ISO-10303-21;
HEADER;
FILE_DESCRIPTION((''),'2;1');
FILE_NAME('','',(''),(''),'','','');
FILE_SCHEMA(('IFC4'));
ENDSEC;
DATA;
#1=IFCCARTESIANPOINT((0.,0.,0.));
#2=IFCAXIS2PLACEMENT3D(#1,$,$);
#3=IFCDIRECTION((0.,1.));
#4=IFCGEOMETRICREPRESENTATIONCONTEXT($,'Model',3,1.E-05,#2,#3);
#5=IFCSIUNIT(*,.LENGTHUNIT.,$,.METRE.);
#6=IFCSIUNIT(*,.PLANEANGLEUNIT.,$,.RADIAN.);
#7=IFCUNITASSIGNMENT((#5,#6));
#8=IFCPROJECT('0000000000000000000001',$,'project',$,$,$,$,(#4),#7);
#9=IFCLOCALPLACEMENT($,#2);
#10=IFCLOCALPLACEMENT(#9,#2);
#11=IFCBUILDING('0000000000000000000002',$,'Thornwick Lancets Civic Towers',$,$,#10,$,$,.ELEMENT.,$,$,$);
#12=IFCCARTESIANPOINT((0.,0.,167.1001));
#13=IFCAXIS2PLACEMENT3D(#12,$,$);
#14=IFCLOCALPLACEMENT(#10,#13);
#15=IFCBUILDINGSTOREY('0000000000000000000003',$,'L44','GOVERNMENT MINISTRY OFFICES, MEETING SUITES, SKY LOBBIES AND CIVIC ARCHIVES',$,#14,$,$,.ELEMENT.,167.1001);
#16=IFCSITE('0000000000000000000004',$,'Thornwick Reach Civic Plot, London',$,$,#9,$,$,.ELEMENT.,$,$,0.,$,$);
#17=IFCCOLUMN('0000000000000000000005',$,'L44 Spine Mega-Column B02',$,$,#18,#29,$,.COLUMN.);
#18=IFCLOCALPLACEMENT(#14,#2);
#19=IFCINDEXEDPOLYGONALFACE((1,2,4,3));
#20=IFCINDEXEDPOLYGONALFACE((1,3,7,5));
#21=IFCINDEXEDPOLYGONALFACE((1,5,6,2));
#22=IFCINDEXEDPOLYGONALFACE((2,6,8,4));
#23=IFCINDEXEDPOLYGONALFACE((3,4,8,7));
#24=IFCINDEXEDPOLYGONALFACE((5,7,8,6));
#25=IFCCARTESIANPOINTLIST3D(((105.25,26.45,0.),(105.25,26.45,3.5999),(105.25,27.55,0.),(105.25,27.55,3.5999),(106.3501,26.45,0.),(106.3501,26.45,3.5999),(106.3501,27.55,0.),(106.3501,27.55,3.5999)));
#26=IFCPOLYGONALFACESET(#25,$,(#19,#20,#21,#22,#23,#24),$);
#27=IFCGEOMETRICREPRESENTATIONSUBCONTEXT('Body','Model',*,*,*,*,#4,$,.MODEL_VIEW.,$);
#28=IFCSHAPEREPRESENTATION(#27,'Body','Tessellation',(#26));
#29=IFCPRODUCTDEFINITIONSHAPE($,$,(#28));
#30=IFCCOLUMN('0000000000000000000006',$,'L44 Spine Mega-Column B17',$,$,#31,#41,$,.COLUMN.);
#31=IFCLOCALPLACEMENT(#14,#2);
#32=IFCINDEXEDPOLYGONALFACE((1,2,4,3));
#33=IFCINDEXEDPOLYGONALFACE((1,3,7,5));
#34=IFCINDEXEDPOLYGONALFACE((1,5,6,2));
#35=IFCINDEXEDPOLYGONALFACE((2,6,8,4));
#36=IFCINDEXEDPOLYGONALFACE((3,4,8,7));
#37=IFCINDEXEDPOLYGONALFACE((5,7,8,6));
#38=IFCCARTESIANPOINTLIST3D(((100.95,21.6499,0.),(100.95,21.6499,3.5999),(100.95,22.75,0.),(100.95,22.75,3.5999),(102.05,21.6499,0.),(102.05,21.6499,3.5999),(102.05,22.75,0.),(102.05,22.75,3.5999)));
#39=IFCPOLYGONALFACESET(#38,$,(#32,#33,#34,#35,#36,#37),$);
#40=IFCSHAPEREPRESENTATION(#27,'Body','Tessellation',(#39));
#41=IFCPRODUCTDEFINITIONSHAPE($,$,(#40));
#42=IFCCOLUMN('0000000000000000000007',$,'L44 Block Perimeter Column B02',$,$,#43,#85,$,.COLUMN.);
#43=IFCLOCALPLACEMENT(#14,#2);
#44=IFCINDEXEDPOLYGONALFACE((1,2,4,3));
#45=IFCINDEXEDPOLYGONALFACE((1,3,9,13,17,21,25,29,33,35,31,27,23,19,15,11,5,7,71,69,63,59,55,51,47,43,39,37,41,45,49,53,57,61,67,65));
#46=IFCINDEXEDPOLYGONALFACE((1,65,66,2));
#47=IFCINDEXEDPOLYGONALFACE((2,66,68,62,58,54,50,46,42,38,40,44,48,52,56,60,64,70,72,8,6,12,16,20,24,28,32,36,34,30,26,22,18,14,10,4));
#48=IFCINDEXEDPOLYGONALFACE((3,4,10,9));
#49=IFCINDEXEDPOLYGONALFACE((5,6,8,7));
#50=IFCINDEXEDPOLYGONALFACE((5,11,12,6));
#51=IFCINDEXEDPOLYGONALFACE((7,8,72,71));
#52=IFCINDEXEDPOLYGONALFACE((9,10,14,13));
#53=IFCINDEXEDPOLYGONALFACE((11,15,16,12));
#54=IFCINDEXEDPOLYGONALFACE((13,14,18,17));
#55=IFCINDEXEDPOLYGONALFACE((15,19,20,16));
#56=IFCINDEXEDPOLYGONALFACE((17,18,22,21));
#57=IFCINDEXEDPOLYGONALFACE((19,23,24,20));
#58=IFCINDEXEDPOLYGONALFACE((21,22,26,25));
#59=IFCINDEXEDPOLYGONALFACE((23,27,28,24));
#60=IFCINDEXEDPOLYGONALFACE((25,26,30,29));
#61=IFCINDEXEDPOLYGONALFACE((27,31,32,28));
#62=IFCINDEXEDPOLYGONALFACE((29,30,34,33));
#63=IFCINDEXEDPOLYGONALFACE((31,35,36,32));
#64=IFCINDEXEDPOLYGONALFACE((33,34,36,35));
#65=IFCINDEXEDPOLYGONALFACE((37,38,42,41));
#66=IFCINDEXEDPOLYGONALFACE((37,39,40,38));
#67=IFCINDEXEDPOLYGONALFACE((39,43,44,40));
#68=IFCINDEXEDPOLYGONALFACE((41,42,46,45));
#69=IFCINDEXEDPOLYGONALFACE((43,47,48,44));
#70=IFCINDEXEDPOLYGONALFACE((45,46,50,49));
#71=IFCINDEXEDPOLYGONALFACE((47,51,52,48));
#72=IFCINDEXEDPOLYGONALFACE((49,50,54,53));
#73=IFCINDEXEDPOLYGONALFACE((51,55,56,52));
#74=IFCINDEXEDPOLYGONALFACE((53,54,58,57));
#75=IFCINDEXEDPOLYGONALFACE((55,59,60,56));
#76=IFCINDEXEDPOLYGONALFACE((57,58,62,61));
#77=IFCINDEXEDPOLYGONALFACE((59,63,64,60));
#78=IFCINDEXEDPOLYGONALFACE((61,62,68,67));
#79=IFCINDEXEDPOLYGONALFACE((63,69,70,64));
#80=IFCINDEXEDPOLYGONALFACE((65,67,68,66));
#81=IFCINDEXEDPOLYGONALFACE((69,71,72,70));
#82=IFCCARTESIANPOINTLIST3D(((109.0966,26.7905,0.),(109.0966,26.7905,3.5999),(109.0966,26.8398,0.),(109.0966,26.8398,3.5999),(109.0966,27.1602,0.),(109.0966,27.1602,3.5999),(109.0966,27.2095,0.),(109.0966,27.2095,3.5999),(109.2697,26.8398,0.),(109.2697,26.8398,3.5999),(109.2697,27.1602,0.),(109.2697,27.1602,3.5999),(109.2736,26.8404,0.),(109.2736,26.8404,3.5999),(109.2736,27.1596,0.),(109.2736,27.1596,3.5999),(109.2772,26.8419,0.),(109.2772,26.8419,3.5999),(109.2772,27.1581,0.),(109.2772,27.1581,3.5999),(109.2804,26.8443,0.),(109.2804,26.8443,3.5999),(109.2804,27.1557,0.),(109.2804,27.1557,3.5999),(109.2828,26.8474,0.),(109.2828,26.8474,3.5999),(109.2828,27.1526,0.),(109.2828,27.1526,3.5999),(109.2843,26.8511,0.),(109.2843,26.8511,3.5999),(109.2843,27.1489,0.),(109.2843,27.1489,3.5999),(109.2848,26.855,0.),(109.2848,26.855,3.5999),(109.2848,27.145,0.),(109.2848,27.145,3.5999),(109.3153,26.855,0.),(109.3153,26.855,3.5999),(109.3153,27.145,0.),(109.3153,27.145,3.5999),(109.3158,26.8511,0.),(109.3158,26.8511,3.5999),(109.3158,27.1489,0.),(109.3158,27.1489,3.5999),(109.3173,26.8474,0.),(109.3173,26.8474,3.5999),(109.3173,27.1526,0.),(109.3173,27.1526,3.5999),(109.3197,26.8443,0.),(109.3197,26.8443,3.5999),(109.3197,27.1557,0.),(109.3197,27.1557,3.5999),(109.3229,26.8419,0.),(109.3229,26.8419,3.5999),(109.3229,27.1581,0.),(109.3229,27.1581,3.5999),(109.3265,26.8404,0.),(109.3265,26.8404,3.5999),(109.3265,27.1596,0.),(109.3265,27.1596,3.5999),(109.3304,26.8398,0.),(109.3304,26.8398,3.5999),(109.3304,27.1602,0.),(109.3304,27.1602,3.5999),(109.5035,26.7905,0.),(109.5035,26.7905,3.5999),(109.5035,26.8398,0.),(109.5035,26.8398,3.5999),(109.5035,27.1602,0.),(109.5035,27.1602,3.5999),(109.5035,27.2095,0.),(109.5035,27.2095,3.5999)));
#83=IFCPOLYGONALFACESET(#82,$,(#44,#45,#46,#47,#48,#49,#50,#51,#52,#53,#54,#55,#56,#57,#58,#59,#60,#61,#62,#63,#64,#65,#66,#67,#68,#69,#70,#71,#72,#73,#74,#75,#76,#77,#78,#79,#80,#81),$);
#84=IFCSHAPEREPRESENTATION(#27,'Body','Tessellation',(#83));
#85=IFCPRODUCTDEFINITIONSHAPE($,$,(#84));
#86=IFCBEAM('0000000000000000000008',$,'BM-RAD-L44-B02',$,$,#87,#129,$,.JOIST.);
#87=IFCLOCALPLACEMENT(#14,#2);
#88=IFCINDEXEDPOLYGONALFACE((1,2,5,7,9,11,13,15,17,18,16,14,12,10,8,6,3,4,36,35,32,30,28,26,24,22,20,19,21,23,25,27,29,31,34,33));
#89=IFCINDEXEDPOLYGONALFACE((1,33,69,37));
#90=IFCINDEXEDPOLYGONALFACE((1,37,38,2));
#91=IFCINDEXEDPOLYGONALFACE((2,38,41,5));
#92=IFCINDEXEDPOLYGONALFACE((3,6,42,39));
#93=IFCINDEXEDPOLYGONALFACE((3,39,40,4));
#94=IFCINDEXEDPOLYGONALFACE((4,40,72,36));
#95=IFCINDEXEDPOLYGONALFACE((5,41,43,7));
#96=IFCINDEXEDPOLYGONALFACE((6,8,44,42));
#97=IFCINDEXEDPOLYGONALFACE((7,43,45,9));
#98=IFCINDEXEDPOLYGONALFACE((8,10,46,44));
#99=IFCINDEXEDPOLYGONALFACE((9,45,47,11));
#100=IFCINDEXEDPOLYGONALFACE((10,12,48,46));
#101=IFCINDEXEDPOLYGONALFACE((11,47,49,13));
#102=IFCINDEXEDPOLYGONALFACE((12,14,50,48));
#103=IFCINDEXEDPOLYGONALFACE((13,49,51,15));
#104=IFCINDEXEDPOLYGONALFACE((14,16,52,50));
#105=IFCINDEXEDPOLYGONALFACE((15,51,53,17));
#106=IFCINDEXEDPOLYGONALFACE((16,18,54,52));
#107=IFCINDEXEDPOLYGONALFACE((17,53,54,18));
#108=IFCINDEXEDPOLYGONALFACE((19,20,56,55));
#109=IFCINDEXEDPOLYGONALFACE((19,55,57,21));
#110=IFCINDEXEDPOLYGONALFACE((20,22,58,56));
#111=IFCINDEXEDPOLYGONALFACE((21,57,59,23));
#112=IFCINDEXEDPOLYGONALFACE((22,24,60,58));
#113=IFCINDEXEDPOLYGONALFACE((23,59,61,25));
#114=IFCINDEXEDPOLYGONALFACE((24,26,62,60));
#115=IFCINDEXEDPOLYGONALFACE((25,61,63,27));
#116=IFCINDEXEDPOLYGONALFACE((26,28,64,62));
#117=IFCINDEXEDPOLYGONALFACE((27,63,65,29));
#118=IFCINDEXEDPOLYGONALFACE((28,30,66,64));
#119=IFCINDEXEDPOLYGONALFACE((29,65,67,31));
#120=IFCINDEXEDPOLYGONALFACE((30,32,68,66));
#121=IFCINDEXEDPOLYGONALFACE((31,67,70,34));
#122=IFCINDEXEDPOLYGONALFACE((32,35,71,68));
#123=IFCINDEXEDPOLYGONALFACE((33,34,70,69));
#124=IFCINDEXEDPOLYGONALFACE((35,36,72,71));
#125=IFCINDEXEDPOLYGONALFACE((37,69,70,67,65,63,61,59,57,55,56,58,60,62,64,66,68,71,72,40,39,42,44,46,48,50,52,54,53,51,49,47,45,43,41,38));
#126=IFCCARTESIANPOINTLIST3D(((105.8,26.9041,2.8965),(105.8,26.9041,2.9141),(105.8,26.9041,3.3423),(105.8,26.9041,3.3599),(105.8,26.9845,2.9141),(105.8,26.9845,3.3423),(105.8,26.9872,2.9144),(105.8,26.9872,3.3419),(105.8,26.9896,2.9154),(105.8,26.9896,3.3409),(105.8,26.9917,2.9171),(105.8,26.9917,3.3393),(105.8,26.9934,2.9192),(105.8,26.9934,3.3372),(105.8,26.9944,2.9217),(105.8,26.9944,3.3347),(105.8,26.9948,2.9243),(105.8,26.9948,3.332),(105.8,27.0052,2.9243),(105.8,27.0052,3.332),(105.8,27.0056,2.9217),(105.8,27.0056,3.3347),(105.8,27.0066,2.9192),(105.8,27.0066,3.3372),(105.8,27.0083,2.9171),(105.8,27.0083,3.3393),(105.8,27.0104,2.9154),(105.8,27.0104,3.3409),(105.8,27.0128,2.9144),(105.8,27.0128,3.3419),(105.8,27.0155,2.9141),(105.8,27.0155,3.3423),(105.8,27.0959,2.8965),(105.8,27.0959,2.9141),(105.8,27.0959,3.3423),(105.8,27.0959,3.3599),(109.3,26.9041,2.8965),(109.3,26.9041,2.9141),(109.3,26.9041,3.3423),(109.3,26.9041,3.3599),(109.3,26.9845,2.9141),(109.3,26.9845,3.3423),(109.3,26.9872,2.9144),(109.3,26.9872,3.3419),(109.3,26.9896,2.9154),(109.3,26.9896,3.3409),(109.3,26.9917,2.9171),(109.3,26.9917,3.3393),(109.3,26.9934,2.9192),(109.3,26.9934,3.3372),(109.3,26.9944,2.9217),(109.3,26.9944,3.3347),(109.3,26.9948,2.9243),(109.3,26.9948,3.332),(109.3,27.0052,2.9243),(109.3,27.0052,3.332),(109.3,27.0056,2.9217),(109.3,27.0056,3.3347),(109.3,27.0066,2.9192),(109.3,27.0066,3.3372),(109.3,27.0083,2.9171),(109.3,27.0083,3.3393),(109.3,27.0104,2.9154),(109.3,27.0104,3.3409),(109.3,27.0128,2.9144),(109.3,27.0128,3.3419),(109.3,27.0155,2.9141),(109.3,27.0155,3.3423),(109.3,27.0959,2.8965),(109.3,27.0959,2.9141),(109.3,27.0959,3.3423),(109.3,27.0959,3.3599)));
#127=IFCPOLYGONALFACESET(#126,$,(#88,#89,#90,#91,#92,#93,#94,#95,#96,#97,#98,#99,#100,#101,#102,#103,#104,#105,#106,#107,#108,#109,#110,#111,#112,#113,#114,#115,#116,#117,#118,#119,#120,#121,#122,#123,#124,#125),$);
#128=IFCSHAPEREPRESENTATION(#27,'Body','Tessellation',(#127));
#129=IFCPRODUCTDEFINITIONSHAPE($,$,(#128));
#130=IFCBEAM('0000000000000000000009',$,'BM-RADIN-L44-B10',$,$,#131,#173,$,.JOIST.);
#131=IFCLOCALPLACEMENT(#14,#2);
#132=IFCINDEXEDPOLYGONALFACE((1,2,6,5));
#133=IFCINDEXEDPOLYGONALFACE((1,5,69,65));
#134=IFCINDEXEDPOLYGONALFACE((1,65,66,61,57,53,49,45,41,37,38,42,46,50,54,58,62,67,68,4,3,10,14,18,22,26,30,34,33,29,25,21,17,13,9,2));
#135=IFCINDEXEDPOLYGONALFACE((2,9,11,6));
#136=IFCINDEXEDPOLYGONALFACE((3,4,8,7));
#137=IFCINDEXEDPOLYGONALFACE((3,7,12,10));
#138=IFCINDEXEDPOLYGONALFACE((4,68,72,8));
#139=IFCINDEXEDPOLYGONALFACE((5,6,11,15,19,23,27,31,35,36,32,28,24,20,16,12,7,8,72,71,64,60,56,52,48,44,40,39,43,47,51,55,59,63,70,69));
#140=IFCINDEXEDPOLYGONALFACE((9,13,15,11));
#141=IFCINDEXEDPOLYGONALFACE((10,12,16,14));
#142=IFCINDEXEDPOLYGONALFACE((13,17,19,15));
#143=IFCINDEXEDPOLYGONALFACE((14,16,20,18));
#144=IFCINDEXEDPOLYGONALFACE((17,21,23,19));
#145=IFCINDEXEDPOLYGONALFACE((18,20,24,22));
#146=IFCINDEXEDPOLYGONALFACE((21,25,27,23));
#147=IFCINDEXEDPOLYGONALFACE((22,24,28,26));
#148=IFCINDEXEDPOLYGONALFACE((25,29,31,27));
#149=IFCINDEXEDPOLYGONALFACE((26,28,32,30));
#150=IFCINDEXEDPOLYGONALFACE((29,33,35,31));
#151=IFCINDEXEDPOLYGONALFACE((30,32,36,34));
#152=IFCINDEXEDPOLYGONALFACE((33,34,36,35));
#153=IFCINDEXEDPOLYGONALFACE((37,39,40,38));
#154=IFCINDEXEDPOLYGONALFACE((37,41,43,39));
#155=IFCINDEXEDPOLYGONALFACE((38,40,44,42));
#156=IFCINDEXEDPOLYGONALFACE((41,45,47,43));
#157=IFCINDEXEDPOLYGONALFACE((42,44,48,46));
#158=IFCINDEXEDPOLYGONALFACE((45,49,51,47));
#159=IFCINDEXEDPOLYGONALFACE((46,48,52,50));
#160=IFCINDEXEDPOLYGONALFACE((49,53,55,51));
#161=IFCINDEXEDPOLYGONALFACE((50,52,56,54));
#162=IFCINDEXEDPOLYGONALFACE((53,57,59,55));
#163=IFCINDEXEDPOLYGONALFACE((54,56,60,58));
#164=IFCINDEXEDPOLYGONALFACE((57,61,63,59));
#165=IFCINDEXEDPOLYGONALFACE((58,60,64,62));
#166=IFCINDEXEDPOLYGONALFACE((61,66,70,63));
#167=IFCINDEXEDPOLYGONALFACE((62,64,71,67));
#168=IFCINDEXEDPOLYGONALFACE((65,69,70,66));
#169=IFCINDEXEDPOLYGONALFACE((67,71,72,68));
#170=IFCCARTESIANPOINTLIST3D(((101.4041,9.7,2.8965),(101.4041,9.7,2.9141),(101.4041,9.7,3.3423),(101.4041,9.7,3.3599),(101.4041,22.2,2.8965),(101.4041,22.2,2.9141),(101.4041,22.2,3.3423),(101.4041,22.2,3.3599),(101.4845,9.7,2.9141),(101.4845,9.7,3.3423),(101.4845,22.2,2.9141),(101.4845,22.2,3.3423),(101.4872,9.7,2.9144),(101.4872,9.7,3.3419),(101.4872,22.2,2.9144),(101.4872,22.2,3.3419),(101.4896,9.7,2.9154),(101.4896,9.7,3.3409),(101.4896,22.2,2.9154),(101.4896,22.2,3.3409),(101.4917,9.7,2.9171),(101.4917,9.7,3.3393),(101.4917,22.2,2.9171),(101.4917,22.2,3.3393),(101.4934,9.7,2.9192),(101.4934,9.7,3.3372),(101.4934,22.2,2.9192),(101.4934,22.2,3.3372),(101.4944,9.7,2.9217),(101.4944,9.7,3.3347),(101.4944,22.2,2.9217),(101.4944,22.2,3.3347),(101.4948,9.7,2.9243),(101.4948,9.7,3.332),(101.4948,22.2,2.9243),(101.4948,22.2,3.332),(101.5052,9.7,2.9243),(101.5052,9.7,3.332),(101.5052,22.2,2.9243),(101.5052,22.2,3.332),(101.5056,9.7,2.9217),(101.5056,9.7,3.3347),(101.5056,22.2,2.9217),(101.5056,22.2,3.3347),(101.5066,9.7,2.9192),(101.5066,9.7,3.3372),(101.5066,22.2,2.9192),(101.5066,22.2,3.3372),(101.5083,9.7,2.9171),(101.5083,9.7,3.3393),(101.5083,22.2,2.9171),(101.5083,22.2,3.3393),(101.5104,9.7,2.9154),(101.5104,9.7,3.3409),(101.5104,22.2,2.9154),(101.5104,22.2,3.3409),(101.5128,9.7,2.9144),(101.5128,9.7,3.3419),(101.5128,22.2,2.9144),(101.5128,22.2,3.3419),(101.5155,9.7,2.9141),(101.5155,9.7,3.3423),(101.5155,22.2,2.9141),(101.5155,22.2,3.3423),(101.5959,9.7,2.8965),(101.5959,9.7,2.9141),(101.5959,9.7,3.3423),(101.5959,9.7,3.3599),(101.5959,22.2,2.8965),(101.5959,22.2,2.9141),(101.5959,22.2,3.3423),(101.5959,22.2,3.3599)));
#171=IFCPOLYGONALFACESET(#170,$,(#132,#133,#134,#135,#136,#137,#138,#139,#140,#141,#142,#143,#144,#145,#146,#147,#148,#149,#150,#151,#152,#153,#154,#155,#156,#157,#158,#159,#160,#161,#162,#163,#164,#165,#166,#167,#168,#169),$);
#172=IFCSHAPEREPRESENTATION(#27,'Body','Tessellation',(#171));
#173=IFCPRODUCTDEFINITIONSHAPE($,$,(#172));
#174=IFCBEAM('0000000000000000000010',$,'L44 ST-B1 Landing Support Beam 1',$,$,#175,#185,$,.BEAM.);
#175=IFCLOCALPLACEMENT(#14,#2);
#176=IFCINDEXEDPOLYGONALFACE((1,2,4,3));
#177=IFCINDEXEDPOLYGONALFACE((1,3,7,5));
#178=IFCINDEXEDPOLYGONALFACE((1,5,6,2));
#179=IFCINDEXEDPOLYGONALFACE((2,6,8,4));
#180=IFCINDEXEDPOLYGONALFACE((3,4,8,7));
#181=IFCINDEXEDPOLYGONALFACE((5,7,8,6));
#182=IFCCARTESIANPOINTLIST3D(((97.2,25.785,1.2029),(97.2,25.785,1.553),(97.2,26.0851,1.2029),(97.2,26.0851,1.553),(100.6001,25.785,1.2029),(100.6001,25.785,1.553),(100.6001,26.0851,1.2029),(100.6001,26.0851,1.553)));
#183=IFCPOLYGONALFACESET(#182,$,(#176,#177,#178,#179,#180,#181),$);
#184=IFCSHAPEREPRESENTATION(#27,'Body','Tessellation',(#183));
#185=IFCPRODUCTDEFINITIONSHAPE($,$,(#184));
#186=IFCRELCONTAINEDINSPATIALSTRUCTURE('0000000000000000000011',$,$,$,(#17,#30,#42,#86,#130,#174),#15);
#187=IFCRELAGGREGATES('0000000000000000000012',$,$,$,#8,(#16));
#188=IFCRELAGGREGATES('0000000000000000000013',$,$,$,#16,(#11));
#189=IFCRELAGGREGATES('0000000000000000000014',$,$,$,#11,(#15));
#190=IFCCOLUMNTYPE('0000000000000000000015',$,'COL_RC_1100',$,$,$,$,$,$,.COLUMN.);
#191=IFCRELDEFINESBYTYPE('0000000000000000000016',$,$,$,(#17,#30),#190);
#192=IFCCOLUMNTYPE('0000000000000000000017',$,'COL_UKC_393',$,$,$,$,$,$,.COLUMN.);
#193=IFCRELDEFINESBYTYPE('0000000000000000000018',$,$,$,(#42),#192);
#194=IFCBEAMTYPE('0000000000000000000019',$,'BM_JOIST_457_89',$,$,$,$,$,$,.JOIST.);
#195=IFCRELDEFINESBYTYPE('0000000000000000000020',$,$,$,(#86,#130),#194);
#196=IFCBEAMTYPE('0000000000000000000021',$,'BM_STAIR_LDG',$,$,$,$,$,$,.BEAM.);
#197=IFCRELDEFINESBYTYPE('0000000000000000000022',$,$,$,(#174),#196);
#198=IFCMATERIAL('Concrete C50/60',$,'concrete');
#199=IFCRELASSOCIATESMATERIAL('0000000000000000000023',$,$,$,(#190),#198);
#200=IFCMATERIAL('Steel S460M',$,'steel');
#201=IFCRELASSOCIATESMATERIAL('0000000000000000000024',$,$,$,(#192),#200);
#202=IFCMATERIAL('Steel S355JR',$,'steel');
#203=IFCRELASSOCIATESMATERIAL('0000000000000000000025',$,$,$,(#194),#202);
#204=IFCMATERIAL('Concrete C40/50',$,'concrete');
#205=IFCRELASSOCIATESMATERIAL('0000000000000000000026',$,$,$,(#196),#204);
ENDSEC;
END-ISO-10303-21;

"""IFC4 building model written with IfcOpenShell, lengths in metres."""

from ifc_helpers import new_model, si_unit, direction, frame, origin, origin_2d, place, context, subcontext, project, spatial, rectangle, i_section, extrude, material, material_profile, profile_set, type_object, element, save


model = new_model("IFC4")

# Units and contexts
model_context = context("Model", 3, precision=1e-05, world=origin(), true_north=direction((0.0, 1.0)))
body_context = subcontext(model_context, "Body", "Model", "MODEL_VIEW")
ifc_project = project(units=[si_unit("LENGTHUNIT", "METRE"), si_unit("PLANEANGLEUNIT", "RADIAN")], contexts=[model_context])

# Site, building, storey
site_placement = place(None, origin())
site = spatial("IfcSite", under=ifc_project, at=site_placement, Name="Thornwick Reach Civic Plot, London", CompositionType="ELEMENT", RefElevation=0.0)
building_placement = place(site_placement, origin())
building = spatial("IfcBuilding", under=site, at=building_placement, Name="Thornwick Lancets Civic Towers", CompositionType="ELEMENT")
storey_placement = place(building_placement, frame((0.0, 0.0, 167.1001)))
storey = spatial("IfcBuildingStorey", under=building, at=storey_placement, Name="L44", Description="GOVERNMENT MINISTRY OFFICES, MEETING SUITES, SKY LOBBIES AND CIVIC ARCHIVES", CompositionType="ELEMENT", Elevation=167.1001)

# Columns
ifc_material_1 = material(Name="Concrete C50/60", Category="concrete")
ifc_material_profile_1 = material_profile(ifc_material_1, rectangle(XDim=1.1001, YDim=1.1001, at=origin_2d()), Name="RC 1100x1100")
ifc_profile_set_1 = profile_set([ifc_material_profile_1], Name="Concrete C50/60")
column_type_1 = type_object("IfcColumnType", Name="COL_RC_1100", PredefinedType="COLUMN", material=ifc_profile_set_1)
for number, where, z_axis, x_axis, name in (
    (1, (105.8, 27.0, 0.0), (0.0, 0.0, 1.0), (1.0, 0.0, 0.0), "L44 Spine Mega-Column B02"),
    (2, (101.5, 22.2, 0.0), (0.0, 0.0, 1.0), (1.0, 0.0, 0.0), "L44 Spine Mega-Column B17"),
):
    element("IfcColumn", number, at=place(storey_placement, frame(where, z_axis=z_axis, x_axis=x_axis)), inside=storey, type_object=column_type_1, Name=name, PredefinedType="COLUMN", context=body_context, shape_type="SweptSolid", body=[
        extrude(rectangle(XDim=1.1001, YDim=1.1001, at=origin_2d()), origin(), (0.0, 0.0, 1.0), 3.5999),
    ])
ifc_material_2 = material(Name="Steel S460M", Category="steel")
ifc_material_profile_2 = material_profile(ifc_material_2, i_section(OverallWidth=0.407, OverallDepth=0.4189, WebThickness=0.0305, FlangeThickness=0.0493, FilletRadius=0.0151, at=origin_2d()), Name="UKC 356x406x393")
ifc_profile_set_2 = profile_set([ifc_material_profile_2], Name="Steel S460M")
column_type_2 = type_object("IfcColumnType", Name="COL_UKC_393", PredefinedType="COLUMN", material=ifc_profile_set_2)
column_placement = place(storey_placement, frame((109.3, 27.0, 0.0), z_axis=(0.0, 0.0, 1.0), x_axis=(1.0, 0.0, 0.0)))
element("IfcColumn", 3, at=column_placement, inside=storey, type_object=column_type_2, Name="L44 Block Perimeter Column B02", PredefinedType="COLUMN", context=body_context, shape_type="SweptSolid", body=[
    extrude(i_section(OverallWidth=0.407, OverallDepth=0.4189, WebThickness=0.0305, FlangeThickness=0.0493, FilletRadius=0.0151, at=origin_2d()), origin(), (0.0, 0.0, 1.0), 3.5999),
])

# Beams
ifc_material_3 = material(Name="Steel S355JR", Category="steel")
ifc_material_profile_3 = material_profile(ifc_material_3, i_section(OverallWidth=0.1919, OverallDepth=0.4634, WebThickness=0.0105, FlangeThickness=0.0176, FilletRadius=0.0103, at=origin_2d()), Name="UKB 457x191x89")
ifc_profile_set_3 = profile_set([ifc_material_profile_3], Name="Steel S355JR")
beam_type_1 = type_object("IfcBeamType", Name="BM_JOIST_457_89", PredefinedType="JOIST", material=ifc_profile_set_3)
beam_1_placement = place(storey_placement, frame((105.8, 27.0, 3.1282), z_axis=(1.0, 0.0, 0.0), x_axis=(0.0, 1.0, 0.0)))
element("IfcBeam", 4, at=beam_1_placement, inside=storey, type_object=beam_type_1, Name="BM-RAD-L44-B02", PredefinedType="JOIST", context=body_context, shape_type="SweptSolid", body=[
    extrude(i_section(OverallWidth=0.1919, OverallDepth=0.4634, WebThickness=0.0105, FlangeThickness=0.0176, FilletRadius=0.0103, at=origin_2d()), origin(), (0.0, 0.0, 1.0), 3.5),
])
beam_2_placement = place(storey_placement, frame((101.5, 22.2, 3.1282), z_axis=(0.0, -1.0, 0.0), x_axis=(1.0, 0.0, 0.0)))
element("IfcBeam", 5, at=beam_2_placement, inside=storey, type_object=beam_type_1, Name="BM-RADIN-L44-B10", PredefinedType="JOIST", context=body_context, shape_type="SweptSolid", body=[
    extrude(i_section(OverallWidth=0.1919, OverallDepth=0.4634, WebThickness=0.0105, FlangeThickness=0.0176, FilletRadius=0.0103, at=origin_2d()), origin(), (0.0, 0.0, 1.0), 12.5),
])
ifc_material_4 = material(Name="Concrete C40/50", Category="concrete")
ifc_material_profile_4 = material_profile(ifc_material_4, rectangle(XDim=0.3, YDim=0.3501, at=origin_2d()), Name="RC 300x350")
ifc_profile_set_4 = profile_set([ifc_material_profile_4], Name="Concrete C40/50")
beam_type_2 = type_object("IfcBeamType", Name="BM_STAIR_LDG", PredefinedType="BEAM", material=ifc_profile_set_4)
beam_3_placement = place(storey_placement, frame((100.6001, 25.9351, 1.3779), z_axis=(-1.0, 0.0, 0.0), x_axis=(0.0, -1.0, 0.0)))
element("IfcBeam", 6, at=beam_3_placement, inside=storey, type_object=beam_type_2, Name="L44 ST-B1 Landing Support Beam 1", PredefinedType="BEAM", context=body_context, shape_type="SweptSolid", body=[
    extrude(rectangle(XDim=0.3, YDim=0.3501, at=origin_2d()), origin(), (0.0, 0.0, 1.0), 3.4001),
])

save(model, "model.ifc")
